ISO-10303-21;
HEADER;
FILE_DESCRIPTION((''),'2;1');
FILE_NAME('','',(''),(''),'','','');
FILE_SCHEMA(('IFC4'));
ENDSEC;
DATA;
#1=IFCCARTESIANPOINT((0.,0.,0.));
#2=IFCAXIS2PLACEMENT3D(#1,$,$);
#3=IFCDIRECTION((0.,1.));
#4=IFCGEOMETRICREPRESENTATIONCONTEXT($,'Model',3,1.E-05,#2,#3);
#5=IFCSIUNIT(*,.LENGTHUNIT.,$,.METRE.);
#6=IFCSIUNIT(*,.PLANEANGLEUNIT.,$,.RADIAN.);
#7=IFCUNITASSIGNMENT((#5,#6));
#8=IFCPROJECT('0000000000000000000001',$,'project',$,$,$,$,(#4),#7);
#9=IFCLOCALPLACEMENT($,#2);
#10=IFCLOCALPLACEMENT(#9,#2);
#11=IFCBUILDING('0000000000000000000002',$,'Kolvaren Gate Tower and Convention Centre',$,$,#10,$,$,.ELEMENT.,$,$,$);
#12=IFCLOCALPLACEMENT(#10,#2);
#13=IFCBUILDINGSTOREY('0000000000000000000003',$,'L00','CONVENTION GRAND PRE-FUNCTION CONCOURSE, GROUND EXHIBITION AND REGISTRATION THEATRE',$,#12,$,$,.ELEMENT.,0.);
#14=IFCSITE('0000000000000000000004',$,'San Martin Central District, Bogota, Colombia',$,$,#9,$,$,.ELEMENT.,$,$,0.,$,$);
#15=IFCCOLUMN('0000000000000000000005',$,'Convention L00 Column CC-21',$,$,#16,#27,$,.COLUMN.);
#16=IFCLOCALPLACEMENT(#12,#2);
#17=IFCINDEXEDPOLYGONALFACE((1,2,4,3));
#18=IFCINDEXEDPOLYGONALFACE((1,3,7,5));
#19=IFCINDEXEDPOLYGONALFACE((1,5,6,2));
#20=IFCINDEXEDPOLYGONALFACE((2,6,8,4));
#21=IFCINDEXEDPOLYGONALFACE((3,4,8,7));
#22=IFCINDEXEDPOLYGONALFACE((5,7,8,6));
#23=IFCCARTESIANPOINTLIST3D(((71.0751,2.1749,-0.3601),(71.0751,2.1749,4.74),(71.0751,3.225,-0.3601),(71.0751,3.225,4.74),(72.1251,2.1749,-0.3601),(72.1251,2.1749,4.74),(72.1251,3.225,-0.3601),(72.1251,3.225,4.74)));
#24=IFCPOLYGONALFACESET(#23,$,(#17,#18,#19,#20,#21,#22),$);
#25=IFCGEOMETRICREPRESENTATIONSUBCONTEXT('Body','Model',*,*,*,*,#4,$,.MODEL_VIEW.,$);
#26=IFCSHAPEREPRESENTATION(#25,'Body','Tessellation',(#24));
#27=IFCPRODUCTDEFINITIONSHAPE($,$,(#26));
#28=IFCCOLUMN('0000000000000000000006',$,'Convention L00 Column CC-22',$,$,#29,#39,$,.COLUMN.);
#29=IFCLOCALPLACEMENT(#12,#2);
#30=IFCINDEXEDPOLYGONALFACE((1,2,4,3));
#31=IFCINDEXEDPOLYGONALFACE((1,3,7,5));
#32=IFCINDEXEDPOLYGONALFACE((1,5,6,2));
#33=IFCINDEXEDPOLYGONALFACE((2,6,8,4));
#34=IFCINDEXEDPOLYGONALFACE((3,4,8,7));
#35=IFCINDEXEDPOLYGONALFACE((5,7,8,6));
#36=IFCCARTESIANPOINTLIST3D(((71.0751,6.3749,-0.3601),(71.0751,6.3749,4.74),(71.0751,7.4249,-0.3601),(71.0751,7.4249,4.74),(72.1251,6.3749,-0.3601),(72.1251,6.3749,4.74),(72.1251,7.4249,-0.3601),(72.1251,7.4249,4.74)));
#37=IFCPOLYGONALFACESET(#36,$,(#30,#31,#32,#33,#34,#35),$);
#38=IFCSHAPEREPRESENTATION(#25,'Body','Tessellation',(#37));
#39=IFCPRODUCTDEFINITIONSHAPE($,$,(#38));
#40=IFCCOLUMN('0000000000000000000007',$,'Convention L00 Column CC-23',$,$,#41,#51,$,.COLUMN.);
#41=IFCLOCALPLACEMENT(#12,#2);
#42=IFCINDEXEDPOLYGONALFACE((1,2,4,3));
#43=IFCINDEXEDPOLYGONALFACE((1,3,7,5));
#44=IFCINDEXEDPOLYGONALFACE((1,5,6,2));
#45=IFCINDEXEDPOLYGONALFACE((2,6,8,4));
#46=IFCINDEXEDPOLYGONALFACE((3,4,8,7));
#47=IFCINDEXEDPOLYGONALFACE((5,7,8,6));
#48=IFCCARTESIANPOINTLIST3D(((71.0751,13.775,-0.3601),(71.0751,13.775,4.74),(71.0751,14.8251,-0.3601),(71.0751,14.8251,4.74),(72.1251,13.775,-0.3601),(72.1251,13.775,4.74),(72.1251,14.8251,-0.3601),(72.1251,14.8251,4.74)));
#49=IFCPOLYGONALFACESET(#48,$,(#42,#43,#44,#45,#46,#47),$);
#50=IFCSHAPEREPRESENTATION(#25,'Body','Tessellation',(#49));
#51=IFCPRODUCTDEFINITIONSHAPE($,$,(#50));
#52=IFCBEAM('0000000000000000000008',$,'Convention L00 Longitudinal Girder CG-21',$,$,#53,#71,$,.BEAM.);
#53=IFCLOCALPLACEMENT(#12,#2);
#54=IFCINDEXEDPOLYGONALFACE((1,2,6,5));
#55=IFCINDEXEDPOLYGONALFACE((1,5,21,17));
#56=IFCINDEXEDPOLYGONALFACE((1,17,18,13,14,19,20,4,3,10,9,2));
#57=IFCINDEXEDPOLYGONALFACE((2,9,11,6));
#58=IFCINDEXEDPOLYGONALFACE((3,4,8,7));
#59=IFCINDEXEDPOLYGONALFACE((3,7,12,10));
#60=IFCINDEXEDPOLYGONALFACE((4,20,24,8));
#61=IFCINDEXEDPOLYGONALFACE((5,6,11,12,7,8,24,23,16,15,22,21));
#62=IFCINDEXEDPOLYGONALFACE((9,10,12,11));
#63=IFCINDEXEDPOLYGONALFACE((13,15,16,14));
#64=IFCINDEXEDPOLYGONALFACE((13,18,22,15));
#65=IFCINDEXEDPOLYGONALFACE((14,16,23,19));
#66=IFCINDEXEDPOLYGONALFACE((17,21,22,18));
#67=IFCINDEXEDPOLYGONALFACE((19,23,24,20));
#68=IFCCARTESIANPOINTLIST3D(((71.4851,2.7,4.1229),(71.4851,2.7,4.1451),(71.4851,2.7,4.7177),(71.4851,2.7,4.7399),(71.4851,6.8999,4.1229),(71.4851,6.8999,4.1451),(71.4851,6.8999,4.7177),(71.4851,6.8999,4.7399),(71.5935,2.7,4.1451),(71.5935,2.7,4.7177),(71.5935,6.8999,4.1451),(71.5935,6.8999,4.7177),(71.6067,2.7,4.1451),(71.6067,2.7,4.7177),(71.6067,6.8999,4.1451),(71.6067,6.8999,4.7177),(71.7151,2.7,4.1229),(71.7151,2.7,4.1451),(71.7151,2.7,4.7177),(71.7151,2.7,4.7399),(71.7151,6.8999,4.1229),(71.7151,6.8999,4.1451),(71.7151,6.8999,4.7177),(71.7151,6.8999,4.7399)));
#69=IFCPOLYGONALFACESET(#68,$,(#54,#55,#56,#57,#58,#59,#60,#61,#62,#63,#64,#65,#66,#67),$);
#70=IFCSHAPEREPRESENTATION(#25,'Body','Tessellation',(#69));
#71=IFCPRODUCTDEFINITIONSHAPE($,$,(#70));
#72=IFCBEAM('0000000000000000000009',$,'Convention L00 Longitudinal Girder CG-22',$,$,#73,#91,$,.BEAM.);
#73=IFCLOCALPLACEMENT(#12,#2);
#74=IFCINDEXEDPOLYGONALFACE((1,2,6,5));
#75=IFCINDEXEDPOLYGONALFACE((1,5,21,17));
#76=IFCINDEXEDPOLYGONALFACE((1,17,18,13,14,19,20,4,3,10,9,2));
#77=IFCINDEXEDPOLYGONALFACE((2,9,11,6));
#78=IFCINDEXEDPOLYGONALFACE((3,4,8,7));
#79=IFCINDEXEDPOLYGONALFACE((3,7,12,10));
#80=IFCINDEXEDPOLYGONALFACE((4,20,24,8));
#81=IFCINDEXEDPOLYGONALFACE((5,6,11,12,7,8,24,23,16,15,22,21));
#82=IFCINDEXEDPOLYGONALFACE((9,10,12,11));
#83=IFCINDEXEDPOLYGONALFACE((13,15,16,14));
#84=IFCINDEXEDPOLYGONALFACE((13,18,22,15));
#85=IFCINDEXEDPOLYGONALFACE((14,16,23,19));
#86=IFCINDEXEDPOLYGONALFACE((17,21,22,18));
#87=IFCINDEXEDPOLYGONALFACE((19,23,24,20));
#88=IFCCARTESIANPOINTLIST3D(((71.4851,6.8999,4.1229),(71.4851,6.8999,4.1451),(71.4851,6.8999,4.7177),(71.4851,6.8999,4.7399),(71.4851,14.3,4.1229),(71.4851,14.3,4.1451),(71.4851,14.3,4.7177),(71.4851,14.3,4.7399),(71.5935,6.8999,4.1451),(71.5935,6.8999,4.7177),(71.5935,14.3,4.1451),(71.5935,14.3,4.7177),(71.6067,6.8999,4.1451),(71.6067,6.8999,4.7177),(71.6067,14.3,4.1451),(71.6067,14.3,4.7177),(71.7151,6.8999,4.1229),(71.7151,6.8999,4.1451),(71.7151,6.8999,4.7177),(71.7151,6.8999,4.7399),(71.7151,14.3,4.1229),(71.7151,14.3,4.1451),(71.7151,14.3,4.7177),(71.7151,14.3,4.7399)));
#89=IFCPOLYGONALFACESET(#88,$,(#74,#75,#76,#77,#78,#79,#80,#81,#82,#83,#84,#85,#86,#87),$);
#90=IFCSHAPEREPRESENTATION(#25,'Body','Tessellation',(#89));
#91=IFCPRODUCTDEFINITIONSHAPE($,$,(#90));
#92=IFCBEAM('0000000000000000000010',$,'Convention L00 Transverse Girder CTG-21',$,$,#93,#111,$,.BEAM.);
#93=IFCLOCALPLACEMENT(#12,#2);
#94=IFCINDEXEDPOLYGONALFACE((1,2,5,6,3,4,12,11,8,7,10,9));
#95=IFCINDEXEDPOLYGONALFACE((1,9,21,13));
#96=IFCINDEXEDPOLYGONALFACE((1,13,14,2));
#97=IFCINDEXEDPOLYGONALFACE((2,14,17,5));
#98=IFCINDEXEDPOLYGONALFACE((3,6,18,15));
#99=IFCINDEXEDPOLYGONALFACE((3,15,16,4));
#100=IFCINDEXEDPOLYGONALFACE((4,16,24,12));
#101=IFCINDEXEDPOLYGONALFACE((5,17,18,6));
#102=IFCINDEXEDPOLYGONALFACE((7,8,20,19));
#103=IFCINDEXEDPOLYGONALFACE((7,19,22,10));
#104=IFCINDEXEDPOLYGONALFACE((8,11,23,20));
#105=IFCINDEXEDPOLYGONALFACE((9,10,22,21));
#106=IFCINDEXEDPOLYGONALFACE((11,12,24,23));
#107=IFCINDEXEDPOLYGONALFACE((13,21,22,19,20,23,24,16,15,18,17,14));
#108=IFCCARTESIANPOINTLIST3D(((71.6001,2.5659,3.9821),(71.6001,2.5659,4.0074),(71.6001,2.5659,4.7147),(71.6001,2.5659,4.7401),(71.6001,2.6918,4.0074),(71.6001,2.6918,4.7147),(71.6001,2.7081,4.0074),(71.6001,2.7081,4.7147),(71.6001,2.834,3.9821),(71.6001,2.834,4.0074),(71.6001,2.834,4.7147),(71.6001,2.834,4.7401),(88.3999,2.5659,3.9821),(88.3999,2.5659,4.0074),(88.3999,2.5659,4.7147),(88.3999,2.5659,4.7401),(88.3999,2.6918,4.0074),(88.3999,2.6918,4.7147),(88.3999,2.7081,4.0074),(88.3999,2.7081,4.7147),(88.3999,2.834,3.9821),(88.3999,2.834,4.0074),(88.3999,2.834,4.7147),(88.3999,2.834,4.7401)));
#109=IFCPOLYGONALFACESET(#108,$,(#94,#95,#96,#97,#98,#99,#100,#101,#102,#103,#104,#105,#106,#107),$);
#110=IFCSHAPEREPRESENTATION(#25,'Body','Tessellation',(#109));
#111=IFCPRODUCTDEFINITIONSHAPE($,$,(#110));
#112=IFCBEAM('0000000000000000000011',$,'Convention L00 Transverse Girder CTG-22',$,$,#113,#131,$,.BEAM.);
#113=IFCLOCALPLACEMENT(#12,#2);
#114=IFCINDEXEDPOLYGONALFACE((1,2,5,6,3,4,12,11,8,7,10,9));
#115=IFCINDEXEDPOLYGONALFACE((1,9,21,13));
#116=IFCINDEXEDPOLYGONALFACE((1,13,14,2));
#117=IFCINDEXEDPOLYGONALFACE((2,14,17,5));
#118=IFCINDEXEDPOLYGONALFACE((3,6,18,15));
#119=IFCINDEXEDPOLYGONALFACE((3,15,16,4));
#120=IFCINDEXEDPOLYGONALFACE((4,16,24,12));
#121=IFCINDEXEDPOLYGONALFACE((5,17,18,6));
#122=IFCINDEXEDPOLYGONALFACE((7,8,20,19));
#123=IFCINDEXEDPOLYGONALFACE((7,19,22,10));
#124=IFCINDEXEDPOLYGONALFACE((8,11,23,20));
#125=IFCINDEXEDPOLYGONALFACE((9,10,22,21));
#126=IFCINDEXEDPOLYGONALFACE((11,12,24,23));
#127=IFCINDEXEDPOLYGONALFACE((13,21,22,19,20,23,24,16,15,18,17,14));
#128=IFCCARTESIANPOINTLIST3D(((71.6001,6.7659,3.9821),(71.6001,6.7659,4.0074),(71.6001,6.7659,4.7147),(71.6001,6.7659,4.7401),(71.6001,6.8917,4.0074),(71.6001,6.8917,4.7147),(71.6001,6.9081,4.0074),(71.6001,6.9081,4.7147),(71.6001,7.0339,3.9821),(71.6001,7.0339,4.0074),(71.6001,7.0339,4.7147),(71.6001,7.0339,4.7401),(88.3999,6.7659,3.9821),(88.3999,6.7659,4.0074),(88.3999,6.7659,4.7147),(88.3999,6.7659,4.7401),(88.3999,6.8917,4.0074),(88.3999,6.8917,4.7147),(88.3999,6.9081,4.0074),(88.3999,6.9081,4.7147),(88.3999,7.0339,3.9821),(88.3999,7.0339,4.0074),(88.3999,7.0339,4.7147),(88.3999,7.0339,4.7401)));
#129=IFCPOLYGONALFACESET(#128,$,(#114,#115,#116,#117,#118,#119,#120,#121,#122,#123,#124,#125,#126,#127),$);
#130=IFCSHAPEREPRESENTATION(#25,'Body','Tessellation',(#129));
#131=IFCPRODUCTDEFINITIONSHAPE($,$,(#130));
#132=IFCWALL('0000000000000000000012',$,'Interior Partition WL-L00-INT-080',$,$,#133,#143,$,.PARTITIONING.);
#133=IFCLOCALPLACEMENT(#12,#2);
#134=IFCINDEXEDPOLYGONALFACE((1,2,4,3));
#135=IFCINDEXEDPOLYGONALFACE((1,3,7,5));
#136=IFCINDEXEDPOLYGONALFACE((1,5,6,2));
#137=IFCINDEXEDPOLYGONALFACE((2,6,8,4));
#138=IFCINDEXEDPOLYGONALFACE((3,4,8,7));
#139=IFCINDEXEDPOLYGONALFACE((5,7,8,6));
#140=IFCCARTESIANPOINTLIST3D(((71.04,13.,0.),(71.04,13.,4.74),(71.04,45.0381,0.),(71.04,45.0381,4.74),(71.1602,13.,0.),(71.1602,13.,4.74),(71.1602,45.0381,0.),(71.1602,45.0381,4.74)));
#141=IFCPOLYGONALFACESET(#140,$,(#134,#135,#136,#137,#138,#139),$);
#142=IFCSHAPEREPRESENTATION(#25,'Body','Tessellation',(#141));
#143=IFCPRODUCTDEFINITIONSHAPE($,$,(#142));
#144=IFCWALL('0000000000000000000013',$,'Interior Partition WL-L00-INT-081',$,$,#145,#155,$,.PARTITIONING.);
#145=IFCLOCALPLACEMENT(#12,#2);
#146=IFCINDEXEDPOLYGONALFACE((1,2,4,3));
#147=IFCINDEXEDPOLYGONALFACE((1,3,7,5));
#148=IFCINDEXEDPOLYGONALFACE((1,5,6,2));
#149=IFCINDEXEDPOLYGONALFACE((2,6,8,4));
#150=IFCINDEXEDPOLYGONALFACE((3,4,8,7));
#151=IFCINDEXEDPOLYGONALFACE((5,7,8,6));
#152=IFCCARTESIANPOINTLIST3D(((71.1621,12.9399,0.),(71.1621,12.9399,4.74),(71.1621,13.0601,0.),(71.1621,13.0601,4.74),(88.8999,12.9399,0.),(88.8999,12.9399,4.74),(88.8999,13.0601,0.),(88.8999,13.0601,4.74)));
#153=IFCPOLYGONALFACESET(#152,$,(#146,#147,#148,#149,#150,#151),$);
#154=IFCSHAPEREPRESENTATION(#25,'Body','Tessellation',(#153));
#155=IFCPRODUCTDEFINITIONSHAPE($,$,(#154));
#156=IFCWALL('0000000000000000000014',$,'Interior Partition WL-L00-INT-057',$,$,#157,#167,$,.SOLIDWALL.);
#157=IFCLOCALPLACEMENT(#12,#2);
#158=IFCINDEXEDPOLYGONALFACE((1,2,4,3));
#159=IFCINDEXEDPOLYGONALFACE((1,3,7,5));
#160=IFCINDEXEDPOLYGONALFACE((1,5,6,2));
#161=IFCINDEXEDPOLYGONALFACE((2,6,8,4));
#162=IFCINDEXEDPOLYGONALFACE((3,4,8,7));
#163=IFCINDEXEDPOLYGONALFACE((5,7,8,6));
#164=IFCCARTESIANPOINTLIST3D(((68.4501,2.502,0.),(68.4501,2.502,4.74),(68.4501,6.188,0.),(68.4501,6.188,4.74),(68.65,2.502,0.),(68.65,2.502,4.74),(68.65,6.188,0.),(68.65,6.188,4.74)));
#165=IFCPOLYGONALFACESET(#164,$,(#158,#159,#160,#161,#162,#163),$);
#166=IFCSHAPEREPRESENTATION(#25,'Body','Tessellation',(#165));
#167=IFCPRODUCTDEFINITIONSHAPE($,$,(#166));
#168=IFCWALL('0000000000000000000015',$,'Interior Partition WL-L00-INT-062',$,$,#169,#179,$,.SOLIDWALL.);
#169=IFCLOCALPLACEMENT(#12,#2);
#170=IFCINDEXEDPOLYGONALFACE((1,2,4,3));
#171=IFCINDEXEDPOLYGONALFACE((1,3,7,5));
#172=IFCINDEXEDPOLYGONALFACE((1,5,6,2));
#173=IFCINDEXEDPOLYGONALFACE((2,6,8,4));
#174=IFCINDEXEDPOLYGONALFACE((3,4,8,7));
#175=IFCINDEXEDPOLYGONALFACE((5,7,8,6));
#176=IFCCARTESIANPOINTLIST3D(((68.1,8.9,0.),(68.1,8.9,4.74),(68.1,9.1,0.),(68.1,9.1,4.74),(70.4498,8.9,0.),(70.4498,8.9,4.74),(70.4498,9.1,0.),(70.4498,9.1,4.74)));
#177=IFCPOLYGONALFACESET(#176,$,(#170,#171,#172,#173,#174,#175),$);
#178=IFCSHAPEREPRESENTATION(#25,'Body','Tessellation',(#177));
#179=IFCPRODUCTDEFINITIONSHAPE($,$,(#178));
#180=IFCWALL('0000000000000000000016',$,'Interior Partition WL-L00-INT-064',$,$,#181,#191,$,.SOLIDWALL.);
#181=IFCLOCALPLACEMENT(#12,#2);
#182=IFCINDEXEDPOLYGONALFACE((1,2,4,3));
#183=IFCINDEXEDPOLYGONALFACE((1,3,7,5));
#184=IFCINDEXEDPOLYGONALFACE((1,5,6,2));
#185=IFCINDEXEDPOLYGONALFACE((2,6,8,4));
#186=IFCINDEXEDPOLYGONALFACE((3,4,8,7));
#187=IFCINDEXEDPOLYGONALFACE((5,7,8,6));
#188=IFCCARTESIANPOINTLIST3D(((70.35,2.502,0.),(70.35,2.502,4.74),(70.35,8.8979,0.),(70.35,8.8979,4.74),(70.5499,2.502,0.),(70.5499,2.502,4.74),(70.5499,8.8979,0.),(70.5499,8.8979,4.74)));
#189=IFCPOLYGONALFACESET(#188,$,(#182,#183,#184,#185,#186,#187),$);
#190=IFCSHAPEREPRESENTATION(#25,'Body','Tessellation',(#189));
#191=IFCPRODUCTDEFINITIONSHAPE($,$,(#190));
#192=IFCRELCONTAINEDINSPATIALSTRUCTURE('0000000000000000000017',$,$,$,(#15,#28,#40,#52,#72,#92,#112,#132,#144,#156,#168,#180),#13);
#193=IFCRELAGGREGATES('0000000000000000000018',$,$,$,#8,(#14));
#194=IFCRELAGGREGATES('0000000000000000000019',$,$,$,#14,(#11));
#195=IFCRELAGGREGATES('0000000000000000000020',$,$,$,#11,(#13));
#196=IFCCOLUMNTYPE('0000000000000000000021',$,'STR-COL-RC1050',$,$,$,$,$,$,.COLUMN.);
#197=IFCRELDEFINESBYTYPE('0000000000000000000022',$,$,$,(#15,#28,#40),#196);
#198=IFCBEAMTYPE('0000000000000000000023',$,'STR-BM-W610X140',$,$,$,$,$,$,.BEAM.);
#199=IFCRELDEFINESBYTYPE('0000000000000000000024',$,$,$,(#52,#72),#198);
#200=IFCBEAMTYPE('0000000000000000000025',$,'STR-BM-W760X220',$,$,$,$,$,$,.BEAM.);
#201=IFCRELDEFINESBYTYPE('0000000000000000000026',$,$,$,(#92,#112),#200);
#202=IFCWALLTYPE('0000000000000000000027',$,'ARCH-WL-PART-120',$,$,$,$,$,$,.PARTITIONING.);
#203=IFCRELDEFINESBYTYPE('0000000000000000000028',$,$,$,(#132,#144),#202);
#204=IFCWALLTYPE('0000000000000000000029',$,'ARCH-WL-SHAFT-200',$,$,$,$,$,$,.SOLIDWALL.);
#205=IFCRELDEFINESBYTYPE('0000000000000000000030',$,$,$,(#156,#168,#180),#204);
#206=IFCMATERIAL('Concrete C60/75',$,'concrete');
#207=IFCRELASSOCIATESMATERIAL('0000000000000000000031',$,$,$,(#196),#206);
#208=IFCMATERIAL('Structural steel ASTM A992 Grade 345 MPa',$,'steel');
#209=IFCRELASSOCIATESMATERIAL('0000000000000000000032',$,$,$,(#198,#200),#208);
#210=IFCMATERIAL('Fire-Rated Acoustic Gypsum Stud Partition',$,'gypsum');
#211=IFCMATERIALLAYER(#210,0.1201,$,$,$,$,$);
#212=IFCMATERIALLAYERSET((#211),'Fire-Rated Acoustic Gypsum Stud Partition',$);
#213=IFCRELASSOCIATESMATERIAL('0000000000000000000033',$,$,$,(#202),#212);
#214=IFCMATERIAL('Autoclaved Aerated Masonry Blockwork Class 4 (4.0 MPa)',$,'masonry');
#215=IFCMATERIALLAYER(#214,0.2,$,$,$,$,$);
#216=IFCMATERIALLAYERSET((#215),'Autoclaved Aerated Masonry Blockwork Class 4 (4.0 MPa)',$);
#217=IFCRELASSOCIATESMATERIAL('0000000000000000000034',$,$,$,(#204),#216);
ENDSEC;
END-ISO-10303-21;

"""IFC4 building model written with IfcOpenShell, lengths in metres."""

from ifc_helpers import new_model, si_unit, direction, frame, frame_2d, origin, origin_2d, place, context, subcontext, project, spatial, rectangle, i_section, extrude, material, layer, layer_set, material_profile, profile_set, type_object, element, save


model = new_model("IFC4")

# Units and contexts
model_context = context("Model", 3, precision=1e-05, world=origin(), true_north=direction((0.0, 1.0)))
body_context = subcontext(model_context, "Body", "Model", "MODEL_VIEW")
ifc_project = project(units=[si_unit("LENGTHUNIT", "METRE"), si_unit("PLANEANGLEUNIT", "RADIAN")], contexts=[model_context])

# Site, building, storey
site_placement = place(None, origin())
site = spatial("IfcSite", under=ifc_project, at=site_placement, Name="San Martin Central District, Bogota, Colombia", CompositionType="ELEMENT", RefElevation=0.0)
building_placement = place(site_placement, origin())
building = spatial("IfcBuilding", under=site, at=building_placement, Name="Kolvaren Gate Tower and Convention Centre", CompositionType="ELEMENT")
storey_placement = place(building_placement, origin())
storey = spatial("IfcBuildingStorey", under=building, at=storey_placement, Name="L00", Description="CONVENTION GRAND PRE-FUNCTION CONCOURSE, GROUND EXHIBITION AND REGISTRATION THEATRE", CompositionType="ELEMENT", Elevation=0.0)

# Columns
ifc_material_1 = material(Name="Concrete C60/75", Category="concrete")
ifc_material_profile_1 = material_profile(ifc_material_1, rectangle(XDim=1.05, YDim=1.05, at=origin_2d()), Name="RC-COL-1050X1050")
ifc_profile_set_1 = profile_set([ifc_material_profile_1], Name="Concrete C60/75")
column_type = type_object("IfcColumnType", Name="STR-COL-RC1050", PredefinedType="COLUMN", material=ifc_profile_set_1)
for number, where, z_axis, x_axis, name in (
    (1, (71.6001, 2.7, -0.3601), (0.0, 0.0, 1.0), (1.0, 0.0, 0.0), "Convention L00 Column CC-21"),
    (2, (71.6001, 6.8999, -0.3601), (0.0, 0.0, 1.0), (1.0, 0.0, 0.0), "Convention L00 Column CC-22"),
    (3, (71.6001, 14.3, -0.3601), (0.0, 0.0, 1.0), (1.0, 0.0, 0.0), "Convention L00 Column CC-23"),
):
    element("IfcColumn", number, at=place(storey_placement, frame(where, z_axis=z_axis, x_axis=x_axis)), inside=storey, type_object=column_type, Name=name, PredefinedType="COLUMN", context=body_context, shape_type="SweptSolid", body=[
        extrude(rectangle(XDim=1.05, YDim=1.05, at=origin_2d()), origin(), (0.0, 0.0, 1.0), 5.1001),
    ])

# Beams
ifc_material_2 = material(Name="Structural steel ASTM A992 Grade 345 MPa", Category="steel")
ifc_material_profile_2 = material_profile(ifc_material_2, i_section(OverallWidth=0.23, OverallDepth=0.6169, WebThickness=0.0132, FlangeThickness=0.0222, at=origin_2d()), Name="W610X140")
ifc_profile_set_2 = profile_set([ifc_material_profile_2], Name="Structural steel ASTM A992 Grade 345 MPa")
beam_type_1 = type_object("IfcBeamType", Name="STR-BM-W610X140", PredefinedType="BEAM", material=ifc_profile_set_2)
beam_1_placement = place(storey_placement, frame((71.6001, 2.7, 4.4314), z_axis=(0.0, 1.0, 0.0), x_axis=(-1.0, 0.0, 0.0)))
element("IfcBeam", 4, at=beam_1_placement, inside=storey, type_object=beam_type_1, Name="Convention L00 Longitudinal Girder CG-21", PredefinedType="BEAM", context=body_context, shape_type="SweptSolid", body=[
    extrude(i_section(OverallWidth=0.23, OverallDepth=0.6169, WebThickness=0.0132, FlangeThickness=0.0222, at=origin_2d()), origin(), (0.0, 0.0, 1.0), 4.2),
])
beam_2_placement = place(storey_placement, frame((71.6001, 6.8999, 4.4314), z_axis=(0.0, 1.0, 0.0), x_axis=(-1.0, 0.0, 0.0)))
element("IfcBeam", 5, at=beam_2_placement, inside=storey, type_object=beam_type_1, Name="Convention L00 Longitudinal Girder CG-22", PredefinedType="BEAM", context=body_context, shape_type="SweptSolid", body=[
    extrude(i_section(OverallWidth=0.23, OverallDepth=0.6169, WebThickness=0.0132, FlangeThickness=0.0222, at=origin_2d()), origin(), (0.0, 0.0, 1.0), 7.4001),
])
ifc_material_profile_3 = material_profile(ifc_material_2, i_section(OverallWidth=0.2681, OverallDepth=0.7581, WebThickness=0.0164, FlangeThickness=0.0254, at=origin_2d()), Name="W760X220")
ifc_profile_set_3 = profile_set([ifc_material_profile_3], Name="Structural steel ASTM A992 Grade 345 MPa")
beam_type_2 = type_object("IfcBeamType", Name="STR-BM-W760X220", PredefinedType="BEAM", material=ifc_profile_set_3)
for number, where, z_axis, x_axis, name in (
    (6, (71.6001, 2.7, 4.3611), (1.0, 0.0, 0.0), (0.0, 1.0, 0.0), "Convention L00 Transverse Girder CTG-21"),
    (7, (71.6001, 6.8999, 4.3611), (1.0, 0.0, 0.0), (0.0, 1.0, 0.0), "Convention L00 Transverse Girder CTG-22"),
):
    element("IfcBeam", number, at=place(storey_placement, frame(where, z_axis=z_axis, x_axis=x_axis)), inside=storey, type_object=beam_type_2, Name=name, PredefinedType="BEAM", context=body_context, shape_type="SweptSolid", body=[
        extrude(i_section(OverallWidth=0.2681, OverallDepth=0.7581, WebThickness=0.0164, FlangeThickness=0.0254, at=origin_2d()), origin(), (0.0, 0.0, 1.0), 16.7998),
    ])

# Walls
ifc_material_3 = material(Name="Fire-Rated Acoustic Gypsum Stud Partition", Category="gypsum")
ifc_layer_1 = layer(ifc_material_3, 0.1201)
ifc_layer_set_1 = layer_set([ifc_layer_1], Name="Fire-Rated Acoustic Gypsum Stud Partition")
wall_type_1 = type_object("IfcWallType", Name="ARCH-WL-PART-120", PredefinedType="PARTITIONING", material=ifc_layer_set_1)
wall_1_placement = place(storey_placement, frame((71.1001, 13.0, 0.0), z_axis=(0.0, 0.0, 1.0), x_axis=(0.0, 1.0, 0.0)))
element("IfcWall", 8, at=wall_1_placement, inside=storey, type_object=wall_type_1, Name="Interior Partition WL-L00-INT-080", PredefinedType="PARTITIONING", context=body_context, shape_type="SweptSolid", body=[
    extrude(rectangle(XDim=32.0381, YDim=0.1201, at=frame_2d((16.019, 0.0))), origin(), (0.0, 0.0, 1.0), 4.74),
])
wall_2_placement = place(storey_placement, frame((71.1621, 13.0, 0.0), z_axis=(0.0, 0.0, 1.0), x_axis=(1.0, 0.0, 0.0)))
element("IfcWall", 9, at=wall_2_placement, inside=storey, type_object=wall_type_1, Name="Interior Partition WL-L00-INT-081", PredefinedType="PARTITIONING", context=body_context, shape_type="SweptSolid", body=[
    extrude(rectangle(XDim=17.7378, YDim=0.1201, at=frame_2d((8.8689, 0.0))), origin(), (0.0, 0.0, 1.0), 4.74),
])
ifc_material_4 = material(Name="Autoclaved Aerated Masonry Blockwork Class 4 (4.0 MPa)", Category="masonry")
ifc_layer_2 = layer(ifc_material_4, 0.2)
ifc_layer_set_2 = layer_set([ifc_layer_2], Name="Autoclaved Aerated Masonry Blockwork Class 4 (4.0 MPa)")
wall_type_2 = type_object("IfcWallType", Name="ARCH-WL-SHAFT-200", PredefinedType="SOLIDWALL", material=ifc_layer_set_2)
wall_3_placement = place(storey_placement, frame((68.55, 2.502, 0.0), z_axis=(0.0, 0.0, 1.0), x_axis=(0.0, 1.0, 0.0)))
element("IfcWall", 10, at=wall_3_placement, inside=storey, type_object=wall_type_2, Name="Interior Partition WL-L00-INT-057", PredefinedType="SOLIDWALL", context=body_context, shape_type="SweptSolid", body=[
    extrude(rectangle(XDim=3.686, YDim=0.2, at=frame_2d((1.843, 0.0))), origin(), (0.0, 0.0, 1.0), 4.74),
])
wall_4_placement = place(storey_placement, frame((68.1001, 9.0, 0.0), z_axis=(0.0, 0.0, 1.0), x_axis=(1.0, 0.0, 0.0)))
element("IfcWall", 11, at=wall_4_placement, inside=storey, type_object=wall_type_2, Name="Interior Partition WL-L00-INT-062", PredefinedType="SOLIDWALL", context=body_context, shape_type="SweptSolid", body=[
    extrude(rectangle(XDim=2.3499, YDim=0.2, at=frame_2d((1.1748, 0.0))), origin(), (0.0, 0.0, 1.0), 4.74),
])
wall_5_placement = place(storey_placement, frame((70.45, 2.502, 0.0), z_axis=(0.0, 0.0, 1.0), x_axis=(0.0, 1.0, 0.0)))
element("IfcWall", 12, at=wall_5_placement, inside=storey, type_object=wall_type_2, Name="Interior Partition WL-L00-INT-064", PredefinedType="SOLIDWALL", context=body_context, shape_type="SweptSolid", body=[
    extrude(rectangle(XDim=6.396, YDim=0.2, at=frame_2d((3.198, 0.0))), origin(), (0.0, 0.0, 1.0), 4.74),
])

save(model, "model.ifc")
